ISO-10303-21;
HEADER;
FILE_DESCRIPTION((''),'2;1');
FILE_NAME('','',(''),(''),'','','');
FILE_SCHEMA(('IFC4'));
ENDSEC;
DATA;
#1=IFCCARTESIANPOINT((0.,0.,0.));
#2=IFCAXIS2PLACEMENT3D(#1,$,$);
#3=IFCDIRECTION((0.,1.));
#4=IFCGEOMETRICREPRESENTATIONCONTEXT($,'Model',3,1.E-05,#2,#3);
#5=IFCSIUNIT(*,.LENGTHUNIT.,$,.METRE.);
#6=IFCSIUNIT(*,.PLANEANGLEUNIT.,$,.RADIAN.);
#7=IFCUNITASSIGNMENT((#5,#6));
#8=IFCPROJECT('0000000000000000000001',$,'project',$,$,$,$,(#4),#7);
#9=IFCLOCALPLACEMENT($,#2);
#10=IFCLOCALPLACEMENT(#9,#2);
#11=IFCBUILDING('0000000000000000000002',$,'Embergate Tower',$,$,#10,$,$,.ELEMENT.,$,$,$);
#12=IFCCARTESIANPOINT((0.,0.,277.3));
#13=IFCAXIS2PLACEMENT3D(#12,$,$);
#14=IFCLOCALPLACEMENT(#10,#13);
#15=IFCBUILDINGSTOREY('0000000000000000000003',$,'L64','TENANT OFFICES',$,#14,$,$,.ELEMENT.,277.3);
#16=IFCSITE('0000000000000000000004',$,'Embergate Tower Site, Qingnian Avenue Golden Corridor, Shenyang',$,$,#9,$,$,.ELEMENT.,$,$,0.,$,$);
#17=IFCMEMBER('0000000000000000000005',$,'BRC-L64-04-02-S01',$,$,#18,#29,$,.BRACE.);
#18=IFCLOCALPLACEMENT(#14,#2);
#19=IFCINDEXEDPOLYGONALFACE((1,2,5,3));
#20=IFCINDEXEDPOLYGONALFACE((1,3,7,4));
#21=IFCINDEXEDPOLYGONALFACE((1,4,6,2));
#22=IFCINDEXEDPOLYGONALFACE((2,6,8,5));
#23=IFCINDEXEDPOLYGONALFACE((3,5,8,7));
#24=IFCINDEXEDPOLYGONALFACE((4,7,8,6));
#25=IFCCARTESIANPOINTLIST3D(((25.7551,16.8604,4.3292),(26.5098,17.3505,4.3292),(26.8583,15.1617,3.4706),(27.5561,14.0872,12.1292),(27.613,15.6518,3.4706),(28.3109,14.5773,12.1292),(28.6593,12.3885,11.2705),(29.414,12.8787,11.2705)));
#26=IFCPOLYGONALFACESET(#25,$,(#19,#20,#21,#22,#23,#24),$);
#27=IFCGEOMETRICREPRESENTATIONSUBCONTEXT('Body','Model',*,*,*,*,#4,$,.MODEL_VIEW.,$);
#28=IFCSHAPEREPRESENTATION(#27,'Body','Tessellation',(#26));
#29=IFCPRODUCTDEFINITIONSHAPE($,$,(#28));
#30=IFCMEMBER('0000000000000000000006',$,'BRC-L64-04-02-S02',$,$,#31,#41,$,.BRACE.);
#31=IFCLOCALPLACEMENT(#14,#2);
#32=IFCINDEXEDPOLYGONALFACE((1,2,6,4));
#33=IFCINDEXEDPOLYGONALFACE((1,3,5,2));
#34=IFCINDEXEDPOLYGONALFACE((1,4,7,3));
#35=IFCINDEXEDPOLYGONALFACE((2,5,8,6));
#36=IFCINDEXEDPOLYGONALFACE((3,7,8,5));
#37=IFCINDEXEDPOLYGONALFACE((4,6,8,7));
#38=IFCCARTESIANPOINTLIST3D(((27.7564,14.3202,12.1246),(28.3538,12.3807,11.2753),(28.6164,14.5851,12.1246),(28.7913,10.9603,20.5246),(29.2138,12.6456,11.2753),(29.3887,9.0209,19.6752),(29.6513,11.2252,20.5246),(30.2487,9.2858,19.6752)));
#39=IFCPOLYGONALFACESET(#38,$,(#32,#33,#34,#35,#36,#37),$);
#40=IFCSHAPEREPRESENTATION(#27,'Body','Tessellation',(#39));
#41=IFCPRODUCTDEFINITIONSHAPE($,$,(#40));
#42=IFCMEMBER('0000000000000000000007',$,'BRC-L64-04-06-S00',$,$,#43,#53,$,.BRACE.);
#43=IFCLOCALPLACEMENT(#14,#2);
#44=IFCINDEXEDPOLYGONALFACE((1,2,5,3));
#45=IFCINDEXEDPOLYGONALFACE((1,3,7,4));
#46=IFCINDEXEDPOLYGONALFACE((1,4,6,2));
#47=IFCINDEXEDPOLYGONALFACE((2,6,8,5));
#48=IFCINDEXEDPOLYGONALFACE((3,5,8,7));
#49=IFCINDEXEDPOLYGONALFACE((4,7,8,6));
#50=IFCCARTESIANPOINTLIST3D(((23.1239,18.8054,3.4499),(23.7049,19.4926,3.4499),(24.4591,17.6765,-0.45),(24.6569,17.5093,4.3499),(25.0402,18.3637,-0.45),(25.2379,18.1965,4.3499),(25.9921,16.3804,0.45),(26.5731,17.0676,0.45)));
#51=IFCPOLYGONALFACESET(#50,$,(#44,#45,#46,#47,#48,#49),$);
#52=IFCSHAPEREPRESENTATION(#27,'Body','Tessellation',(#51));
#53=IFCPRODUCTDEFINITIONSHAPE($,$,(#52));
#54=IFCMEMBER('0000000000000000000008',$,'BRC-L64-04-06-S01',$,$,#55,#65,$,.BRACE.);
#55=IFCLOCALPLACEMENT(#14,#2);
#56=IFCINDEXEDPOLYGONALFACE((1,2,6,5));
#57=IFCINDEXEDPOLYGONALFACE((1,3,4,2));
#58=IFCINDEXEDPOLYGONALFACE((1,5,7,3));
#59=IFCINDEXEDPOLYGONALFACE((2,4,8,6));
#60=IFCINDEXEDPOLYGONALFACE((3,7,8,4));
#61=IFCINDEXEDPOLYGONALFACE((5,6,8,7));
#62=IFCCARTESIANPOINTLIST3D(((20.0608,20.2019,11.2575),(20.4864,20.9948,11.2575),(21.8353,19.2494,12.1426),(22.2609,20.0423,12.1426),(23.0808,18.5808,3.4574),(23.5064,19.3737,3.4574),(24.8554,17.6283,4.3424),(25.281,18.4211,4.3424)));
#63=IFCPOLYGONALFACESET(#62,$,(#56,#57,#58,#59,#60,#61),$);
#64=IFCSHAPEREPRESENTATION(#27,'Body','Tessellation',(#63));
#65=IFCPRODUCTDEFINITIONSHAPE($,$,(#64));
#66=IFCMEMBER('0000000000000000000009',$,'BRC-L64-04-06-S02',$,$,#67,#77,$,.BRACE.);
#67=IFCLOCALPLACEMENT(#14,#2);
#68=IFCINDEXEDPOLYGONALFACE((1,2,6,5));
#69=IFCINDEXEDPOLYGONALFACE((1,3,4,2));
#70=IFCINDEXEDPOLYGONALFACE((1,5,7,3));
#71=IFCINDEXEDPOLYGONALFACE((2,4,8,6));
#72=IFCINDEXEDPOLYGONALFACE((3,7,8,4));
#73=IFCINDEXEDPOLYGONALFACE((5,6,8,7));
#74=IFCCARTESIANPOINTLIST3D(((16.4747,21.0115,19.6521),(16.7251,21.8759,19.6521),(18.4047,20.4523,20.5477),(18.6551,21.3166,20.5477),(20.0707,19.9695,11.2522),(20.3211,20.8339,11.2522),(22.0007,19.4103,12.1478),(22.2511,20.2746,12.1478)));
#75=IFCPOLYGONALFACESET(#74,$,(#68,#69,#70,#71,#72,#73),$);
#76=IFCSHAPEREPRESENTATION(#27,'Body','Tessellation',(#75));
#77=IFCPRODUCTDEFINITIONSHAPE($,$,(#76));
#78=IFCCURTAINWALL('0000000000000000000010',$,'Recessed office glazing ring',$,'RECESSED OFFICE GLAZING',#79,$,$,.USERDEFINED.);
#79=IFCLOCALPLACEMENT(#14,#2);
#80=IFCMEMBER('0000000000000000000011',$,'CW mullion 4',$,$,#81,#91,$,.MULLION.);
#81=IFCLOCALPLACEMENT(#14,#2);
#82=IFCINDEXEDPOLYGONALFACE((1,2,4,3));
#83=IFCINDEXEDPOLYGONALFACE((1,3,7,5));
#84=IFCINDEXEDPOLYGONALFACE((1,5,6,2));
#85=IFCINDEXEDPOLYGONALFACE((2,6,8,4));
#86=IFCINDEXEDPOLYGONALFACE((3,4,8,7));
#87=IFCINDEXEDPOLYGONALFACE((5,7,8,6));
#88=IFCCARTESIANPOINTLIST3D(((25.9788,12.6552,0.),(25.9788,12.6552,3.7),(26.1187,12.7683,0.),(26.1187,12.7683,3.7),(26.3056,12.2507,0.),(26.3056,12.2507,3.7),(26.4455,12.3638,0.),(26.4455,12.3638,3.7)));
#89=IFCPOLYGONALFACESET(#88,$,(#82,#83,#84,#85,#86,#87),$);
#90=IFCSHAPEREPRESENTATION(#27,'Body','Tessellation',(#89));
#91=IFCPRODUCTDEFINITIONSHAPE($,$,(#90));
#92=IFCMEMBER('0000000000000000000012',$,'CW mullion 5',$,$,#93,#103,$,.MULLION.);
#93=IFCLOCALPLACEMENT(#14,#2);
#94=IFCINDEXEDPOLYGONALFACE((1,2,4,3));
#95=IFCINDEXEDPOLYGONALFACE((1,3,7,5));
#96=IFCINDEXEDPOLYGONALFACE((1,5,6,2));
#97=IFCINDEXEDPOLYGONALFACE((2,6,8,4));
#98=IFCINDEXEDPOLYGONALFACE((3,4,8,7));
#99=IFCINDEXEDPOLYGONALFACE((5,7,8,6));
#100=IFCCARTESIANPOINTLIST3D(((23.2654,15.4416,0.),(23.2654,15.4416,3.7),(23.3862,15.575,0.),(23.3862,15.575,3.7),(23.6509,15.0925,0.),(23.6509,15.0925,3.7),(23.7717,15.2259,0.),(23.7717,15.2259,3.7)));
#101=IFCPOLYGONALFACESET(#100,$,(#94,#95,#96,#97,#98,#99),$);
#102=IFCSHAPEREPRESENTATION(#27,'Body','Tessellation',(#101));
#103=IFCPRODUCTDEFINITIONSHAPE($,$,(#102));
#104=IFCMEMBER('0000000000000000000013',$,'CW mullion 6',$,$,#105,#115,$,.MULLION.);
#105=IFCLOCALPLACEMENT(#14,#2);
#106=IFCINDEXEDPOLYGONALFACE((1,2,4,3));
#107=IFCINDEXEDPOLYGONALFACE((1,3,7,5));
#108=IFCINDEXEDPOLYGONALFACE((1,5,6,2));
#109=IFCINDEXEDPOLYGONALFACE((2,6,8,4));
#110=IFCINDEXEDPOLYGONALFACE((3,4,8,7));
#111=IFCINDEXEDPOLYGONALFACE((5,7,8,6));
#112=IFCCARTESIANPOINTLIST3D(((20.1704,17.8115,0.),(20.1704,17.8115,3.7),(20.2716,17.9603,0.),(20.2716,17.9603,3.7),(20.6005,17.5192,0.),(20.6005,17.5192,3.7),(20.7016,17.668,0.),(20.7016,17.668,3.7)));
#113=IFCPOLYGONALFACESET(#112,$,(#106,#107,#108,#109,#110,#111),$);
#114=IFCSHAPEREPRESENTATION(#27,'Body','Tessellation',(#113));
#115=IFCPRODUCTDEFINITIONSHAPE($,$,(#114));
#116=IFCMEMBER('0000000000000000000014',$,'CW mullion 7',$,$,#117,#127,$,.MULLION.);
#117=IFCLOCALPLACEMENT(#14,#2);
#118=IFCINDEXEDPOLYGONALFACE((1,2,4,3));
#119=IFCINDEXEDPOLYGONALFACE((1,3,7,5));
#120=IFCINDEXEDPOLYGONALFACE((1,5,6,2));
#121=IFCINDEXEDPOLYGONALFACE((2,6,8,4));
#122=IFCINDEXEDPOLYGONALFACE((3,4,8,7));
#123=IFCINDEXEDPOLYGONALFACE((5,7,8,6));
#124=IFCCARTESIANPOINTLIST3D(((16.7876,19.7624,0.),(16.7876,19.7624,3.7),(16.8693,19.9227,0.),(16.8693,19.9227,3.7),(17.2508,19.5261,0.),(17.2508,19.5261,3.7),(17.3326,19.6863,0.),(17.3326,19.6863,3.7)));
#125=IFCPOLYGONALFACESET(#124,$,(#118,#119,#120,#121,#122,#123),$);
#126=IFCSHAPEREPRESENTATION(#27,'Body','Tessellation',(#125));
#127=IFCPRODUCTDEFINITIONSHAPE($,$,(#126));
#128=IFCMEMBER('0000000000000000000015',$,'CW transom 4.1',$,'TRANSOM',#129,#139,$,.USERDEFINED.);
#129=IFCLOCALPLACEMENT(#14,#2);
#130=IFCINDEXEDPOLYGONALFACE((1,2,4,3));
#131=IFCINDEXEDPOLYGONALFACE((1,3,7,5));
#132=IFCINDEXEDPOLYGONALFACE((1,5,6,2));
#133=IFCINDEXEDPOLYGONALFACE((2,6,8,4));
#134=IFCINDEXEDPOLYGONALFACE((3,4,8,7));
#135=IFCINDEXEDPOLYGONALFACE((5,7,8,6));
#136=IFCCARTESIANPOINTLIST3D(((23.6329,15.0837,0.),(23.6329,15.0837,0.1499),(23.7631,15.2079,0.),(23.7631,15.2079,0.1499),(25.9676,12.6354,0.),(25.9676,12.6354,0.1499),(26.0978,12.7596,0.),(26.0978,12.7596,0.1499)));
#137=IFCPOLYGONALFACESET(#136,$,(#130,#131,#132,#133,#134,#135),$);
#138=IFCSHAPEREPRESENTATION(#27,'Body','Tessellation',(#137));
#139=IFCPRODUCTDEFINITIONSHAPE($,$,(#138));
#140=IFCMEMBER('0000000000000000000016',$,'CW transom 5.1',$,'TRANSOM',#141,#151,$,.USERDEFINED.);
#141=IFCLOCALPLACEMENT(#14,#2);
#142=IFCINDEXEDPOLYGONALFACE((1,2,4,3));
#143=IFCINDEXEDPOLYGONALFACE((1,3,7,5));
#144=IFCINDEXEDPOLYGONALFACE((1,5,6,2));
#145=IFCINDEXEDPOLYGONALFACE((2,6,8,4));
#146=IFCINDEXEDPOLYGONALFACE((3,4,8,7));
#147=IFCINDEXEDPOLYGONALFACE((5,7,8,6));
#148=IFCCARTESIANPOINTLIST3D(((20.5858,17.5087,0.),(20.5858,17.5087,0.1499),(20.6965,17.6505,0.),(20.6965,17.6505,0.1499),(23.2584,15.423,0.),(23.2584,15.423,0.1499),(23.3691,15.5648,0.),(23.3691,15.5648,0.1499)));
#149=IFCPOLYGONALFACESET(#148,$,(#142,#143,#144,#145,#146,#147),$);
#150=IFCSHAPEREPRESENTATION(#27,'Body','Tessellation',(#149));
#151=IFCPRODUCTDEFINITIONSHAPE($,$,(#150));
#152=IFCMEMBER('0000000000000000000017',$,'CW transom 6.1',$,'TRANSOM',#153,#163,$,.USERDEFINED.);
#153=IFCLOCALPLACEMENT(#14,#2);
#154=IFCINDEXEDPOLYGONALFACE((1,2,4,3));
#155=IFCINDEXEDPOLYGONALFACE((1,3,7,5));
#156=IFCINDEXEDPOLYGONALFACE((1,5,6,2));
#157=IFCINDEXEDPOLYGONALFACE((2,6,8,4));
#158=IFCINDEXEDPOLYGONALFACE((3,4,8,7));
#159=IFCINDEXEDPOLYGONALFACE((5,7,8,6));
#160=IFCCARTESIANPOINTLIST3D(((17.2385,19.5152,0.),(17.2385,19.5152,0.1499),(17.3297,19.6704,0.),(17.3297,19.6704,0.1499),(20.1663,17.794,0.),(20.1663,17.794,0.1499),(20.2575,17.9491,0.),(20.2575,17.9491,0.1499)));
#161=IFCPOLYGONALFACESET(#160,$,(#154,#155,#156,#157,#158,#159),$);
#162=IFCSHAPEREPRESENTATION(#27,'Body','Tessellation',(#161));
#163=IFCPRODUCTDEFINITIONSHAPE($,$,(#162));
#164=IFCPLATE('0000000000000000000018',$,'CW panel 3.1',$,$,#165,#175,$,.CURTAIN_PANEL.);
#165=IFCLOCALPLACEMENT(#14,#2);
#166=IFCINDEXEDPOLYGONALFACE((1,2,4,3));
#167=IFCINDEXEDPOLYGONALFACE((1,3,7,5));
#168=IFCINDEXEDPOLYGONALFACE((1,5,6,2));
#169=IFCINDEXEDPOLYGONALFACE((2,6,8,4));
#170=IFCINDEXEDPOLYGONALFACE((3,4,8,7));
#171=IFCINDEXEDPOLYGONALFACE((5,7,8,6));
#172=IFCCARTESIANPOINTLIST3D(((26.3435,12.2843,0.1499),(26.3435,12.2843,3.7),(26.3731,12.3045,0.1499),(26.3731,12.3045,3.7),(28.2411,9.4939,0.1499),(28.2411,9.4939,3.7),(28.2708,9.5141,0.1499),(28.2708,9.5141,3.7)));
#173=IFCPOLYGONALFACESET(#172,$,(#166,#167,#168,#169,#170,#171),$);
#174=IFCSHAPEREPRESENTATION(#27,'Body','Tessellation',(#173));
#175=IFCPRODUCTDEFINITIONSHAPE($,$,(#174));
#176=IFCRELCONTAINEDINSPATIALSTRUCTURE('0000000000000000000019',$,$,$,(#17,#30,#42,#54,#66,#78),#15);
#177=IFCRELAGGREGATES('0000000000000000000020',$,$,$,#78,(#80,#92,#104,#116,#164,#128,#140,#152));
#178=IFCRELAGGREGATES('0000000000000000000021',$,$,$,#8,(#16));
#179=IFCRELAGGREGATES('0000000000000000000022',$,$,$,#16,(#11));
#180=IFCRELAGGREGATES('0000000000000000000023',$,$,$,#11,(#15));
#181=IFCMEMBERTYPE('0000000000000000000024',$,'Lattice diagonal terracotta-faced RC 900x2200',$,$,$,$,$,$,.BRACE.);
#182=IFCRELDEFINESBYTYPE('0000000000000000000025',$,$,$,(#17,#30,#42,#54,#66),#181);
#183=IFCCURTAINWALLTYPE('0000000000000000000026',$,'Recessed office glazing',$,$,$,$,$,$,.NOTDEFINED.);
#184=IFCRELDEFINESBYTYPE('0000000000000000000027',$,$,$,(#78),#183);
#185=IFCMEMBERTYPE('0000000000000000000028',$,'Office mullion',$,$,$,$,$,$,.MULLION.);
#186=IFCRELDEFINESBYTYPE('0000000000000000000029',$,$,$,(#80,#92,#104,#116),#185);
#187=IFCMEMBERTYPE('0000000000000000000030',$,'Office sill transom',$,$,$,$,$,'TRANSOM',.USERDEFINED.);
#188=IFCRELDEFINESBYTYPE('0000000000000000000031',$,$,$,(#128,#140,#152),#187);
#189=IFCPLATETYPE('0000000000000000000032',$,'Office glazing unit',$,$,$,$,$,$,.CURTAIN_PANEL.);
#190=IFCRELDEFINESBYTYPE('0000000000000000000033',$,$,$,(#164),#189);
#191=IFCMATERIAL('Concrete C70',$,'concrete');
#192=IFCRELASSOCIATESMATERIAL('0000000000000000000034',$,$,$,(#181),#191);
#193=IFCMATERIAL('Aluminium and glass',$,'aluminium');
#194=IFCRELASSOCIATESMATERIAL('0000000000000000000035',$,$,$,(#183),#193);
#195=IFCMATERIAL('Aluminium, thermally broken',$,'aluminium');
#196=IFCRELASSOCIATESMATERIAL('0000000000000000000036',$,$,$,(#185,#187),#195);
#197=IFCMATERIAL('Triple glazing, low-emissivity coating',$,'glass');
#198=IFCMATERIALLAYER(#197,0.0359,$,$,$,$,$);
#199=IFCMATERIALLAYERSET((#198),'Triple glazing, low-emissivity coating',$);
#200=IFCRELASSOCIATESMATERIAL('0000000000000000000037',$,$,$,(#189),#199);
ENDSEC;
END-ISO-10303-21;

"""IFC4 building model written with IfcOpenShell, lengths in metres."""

from ifc_helpers import new_model, si_unit, direction, frame, origin, origin_2d, place, context, subcontext, project, spatial, rectangle, extrude, source, transform, mapped, material, layer, layer_set, material_profile, profile_set, type_object, element, aggregate, save


model = new_model("IFC4")

# Units and contexts
model_context = context("Model", 3, precision=1e-05, world=origin(), true_north=direction((0.0, 1.0)))
body_context = subcontext(model_context, "Body", "Model", "MODEL_VIEW")
ifc_project = project(units=[si_unit("LENGTHUNIT", "METRE"), si_unit("PLANEANGLEUNIT", "RADIAN")], contexts=[model_context])

# Site, building, storey
site_placement = place(None, origin())
site = spatial("IfcSite", under=ifc_project, at=site_placement, Name="Embergate Tower Site, Qingnian Avenue Golden Corridor, Shenyang", CompositionType="ELEMENT", RefElevation=0.0)
building_placement = place(site_placement, origin())
building = spatial("IfcBuilding", under=site, at=building_placement, Name="Embergate Tower", CompositionType="ELEMENT")
storey_placement = place(building_placement, frame((0.0, 0.0, 277.3)))
storey = spatial("IfcBuildingStorey", under=building, at=storey_placement, Name="L64", Description="TENANT OFFICES", CompositionType="ELEMENT", Elevation=277.3)

# Members
ifc_material_1 = material(Name="Concrete C70", Category="concrete")
ifc_material_profile_1 = material_profile(ifc_material_1, rectangle(XDim=0.8999, YDim=2.2, at=origin_2d()), Name="RC 900x2200")
ifc_profile_set_1 = profile_set([ifc_material_profile_1], Name="Concrete C70")
member_type_1 = type_object("IfcMemberType", Name="Lattice diagonal terracotta-faced RC 900x2200", PredefinedType="BRACE", material=ifc_profile_set_1)
shared_shape_1 = source(origin(), body_context, "Body", "SweptSolid", [
    extrude(rectangle(XDim=0.8999, YDim=2.2, at=origin_2d()), origin(), (0.0, 0.0, 1.0), 8.4719),
])
member_1_placement = place(storey_placement, frame((26.6841, 16.2561, 3.8999), z_axis=(0.212585, -0.327336, 0.920684), x_axis=(0.838658, 0.544659, 0.0)))
element("IfcMember", 1, at=member_1_placement, inside=storey, type_object=member_type_1, Name="BRC-L64-04-02-S01", PredefinedType="BRACE", context=body_context, shape_type="MappedRepresentation", body=[
    mapped(shared_shape_1, transform((0.0, 0.0, 0.0))),
])
shared_shape_2 = source(origin(), body_context, "Body", "SweptSolid", [
    extrude(rectangle(XDim=0.8999, YDim=2.2, at=origin_2d()), origin(), (0.0, 0.0, 1.0), 9.106),
])
member_2_placement = place(storey_placement, frame((28.4851, 13.4829, 11.7), z_axis=(0.113652, -0.368975, 0.922464), x_axis=(0.95569, 0.294374, 0.0)))
element("IfcMember", 2, at=member_2_placement, inside=storey, type_object=member_type_1, Name="BRC-L64-04-02-S02", PredefinedType="BRACE", context=body_context, shape_type="MappedRepresentation", body=[
    mapped(shared_shape_2, transform((0.0, 0.0, 0.0))),
])
shared_shape_3 = source(origin(), body_context, "Body", "SweptSolid", [
    extrude(rectangle(XDim=0.8999, YDim=2.2, at=origin_2d()), origin(), (0.0, 0.0, 1.0), 4.2739),
])
member_3_placement = place(storey_placement, frame((25.5161, 17.3721, 0.0), z_axis=(-0.312407, 0.264138, 0.912487), x_axis=(-0.645648, -0.763635, 0.0)))
element("IfcMember", 3, at=member_3_placement, inside=storey, type_object=member_type_1, Name="BRC-L64-04-06-S00", PredefinedType="BRACE", context=body_context, shape_type="MappedRepresentation", body=[
    mapped(shared_shape_3, transform((0.0, 0.0, 0.0))),
])
shared_shape_4 = source(origin(), body_context, "Body", "SweptSolid", [
    extrude(rectangle(XDim=0.8999, YDim=2.2, at=origin_2d()), origin(), (0.0, 0.0, 1.0), 8.52),
])
member_4_placement = place(storey_placement, frame((24.1809, 18.501, 3.8999), z_axis=(-0.354465, 0.190271, 0.915506), x_axis=(-0.472953, -0.881088, 0.0)))
element("IfcMember", 4, at=member_4_placement, inside=storey, type_object=member_type_1, Name="BRC-L64-04-06-S01", PredefinedType="BRACE", context=body_context, shape_type="MappedRepresentation", body=[
    mapped(shared_shape_4, transform((0.0, 0.0, 0.0))),
])
shared_shape_5 = source(origin(), body_context, "Body", "SweptSolid", [
    extrude(rectangle(XDim=0.8999, YDim=2.2, at=origin_2d()), origin(), (0.0, 0.0, 1.0), 9.1965),
])
member_5_placement = place(storey_placement, frame((21.1609, 20.1221, 11.7), z_axis=(-0.391014, 0.113304, 0.913384), x_axis=(-0.278319, -0.960489, 0.0)))
element("IfcMember", 5, at=member_5_placement, inside=storey, type_object=member_type_1, Name="BRC-L64-04-06-S02", PredefinedType="BRACE", context=body_context, shape_type="MappedRepresentation", body=[
    mapped(shared_shape_5, transform((0.0, 0.0, 0.0))),
])

# Curtain wall, members, plate
ifc_material_2 = material(Name="Aluminium and glass", Category="aluminium")
curtain_wall_type = type_object("IfcCurtainWallType", Name="Recessed office glazing", PredefinedType="NOTDEFINED", material=ifc_material_2)
curtain_wall_placement = place(storey_placement, origin())
curtain_wall = element("IfcCurtainWall", 6, at=curtain_wall_placement, inside=storey, type_object=curtain_wall_type, Name="Recessed office glazing ring", ObjectType="RECESSED OFFICE GLAZING", PredefinedType="USERDEFINED")
ifc_material_3 = material(Name="Aluminium, thermally broken", Category="aluminium")
ifc_material_profile_2 = material_profile(ifc_material_3, rectangle(XDim=0.1799, YDim=0.52, at=origin_2d()), Name="AL 520x180")
ifc_profile_set_2 = profile_set([ifc_material_profile_2], Name="Aluminium, thermally broken")
member_type_2 = type_object("IfcMemberType", Name="Office mullion", PredefinedType="MULLION", material=ifc_profile_set_2)
shared_shape_6 = source(origin(), body_context, "Body", "SweptSolid", [
    extrude(rectangle(XDim=0.1799, YDim=0.52, at=origin_2d()), origin(), (0.0, 0.0, 1.0), 3.7),
])
member_6_placement = place(storey_placement, frame((26.2122, 12.5095, 0.0), z_axis=(0.0, 0.0, 1.0), x_axis=(-0.777862, -0.628436, 0.0)))
member_6 = element("IfcMember", 7, at=member_6_placement, type_object=member_type_2, Name="CW mullion 4", PredefinedType="MULLION", context=body_context, shape_type="MappedRepresentation", body=[
    mapped(shared_shape_6, transform((0.0, 0.0, 0.0))),
])
member_7_placement = place(storey_placement, frame((23.5186, 15.3337, 0.0), z_axis=(0.0, 0.0, 1.0), x_axis=(-0.671216, -0.741262, 0.0)))
member_7 = element("IfcMember", 8, at=member_7_placement, type_object=member_type_2, Name="CW mullion 5", PredefinedType="MULLION", context=body_context, shape_type="MappedRepresentation", body=[
    mapped(shared_shape_6, transform((0.0, 0.0, 0.0))),
])
member_8_placement = place(storey_placement, frame((20.436, 17.7397, 0.0), z_axis=(0.0, 0.0, 1.0), x_axis=(-0.562208, -0.826996, 0.0)))
member_8 = element("IfcMember", 9, at=member_8_placement, type_object=member_type_2, Name="CW mullion 6", PredefinedType="MULLION", context=body_context, shape_type="MappedRepresentation", body=[
    mapped(shared_shape_6, transform((0.0, 0.0, 0.0))),
])
member_9_placement = place(storey_placement, frame((17.0601, 19.7244, 0.0), z_axis=(0.0, 0.0, 1.0), x_axis=(-0.454504, -0.890745, 0.0)))
member_9 = element("IfcMember", 10, at=member_9_placement, type_object=member_type_2, Name="CW mullion 7", PredefinedType="MULLION", context=body_context, shape_type="MappedRepresentation", body=[
    mapped(shared_shape_6, transform((0.0, 0.0, 0.0))),
])
ifc_material_profile_3 = material_profile(ifc_material_3, rectangle(XDim=0.1799, YDim=0.1499, at=origin_2d()), Name="AL 150x180")
ifc_profile_set_3 = profile_set([ifc_material_profile_3], Name="Aluminium, thermally broken")
member_type_3 = type_object("IfcMemberType", Name="Office sill transom", ElementType="TRANSOM", PredefinedType="USERDEFINED", material=ifc_profile_set_3)
shared_shape_7 = source(origin(), body_context, "Body", "SweptSolid", [
    extrude(rectangle(XDim=0.1799, YDim=0.1499, at=origin_2d()), origin(), (0.0, 0.0, 1.0), 3.3831),
])
member_10_placement = place(storey_placement, frame((26.0327, 12.6975, 0.075), z_axis=(-0.690129, 0.723686, 0.0), x_axis=(-0.723686, -0.690129, 0.0)))
member_10 = element("IfcMember", 11, at=member_10_placement, type_object=member_type_3, Name="CW transom 4.1", ObjectType="TRANSOM", PredefinedType="USERDEFINED", context=body_context, shape_type="MappedRepresentation", body=[
    mapped(shared_shape_7, transform((0.0, 0.0, 0.0))),
])
shared_shape_8 = source(origin(), body_context, "Body", "SweptSolid", [
    extrude(rectangle(XDim=0.1799, YDim=0.1499, at=origin_2d()), origin(), (0.0, 0.0, 1.0), 3.3901),
])
member_11_placement = place(storey_placement, frame((23.3137, 15.4939, 0.075), z_axis=(-0.788351, 0.615226, 0.0), x_axis=(-0.615226, -0.788351, 0.0)))
member_11 = element("IfcMember", 12, at=member_11_placement, type_object=member_type_3, Name="CW transom 5.1", ObjectType="TRANSOM", PredefinedType="USERDEFINED", context=body_context, shape_type="MappedRepresentation", body=[
    mapped(shared_shape_8, transform((0.0, 0.0, 0.0))),
])
shared_shape_9 = source(origin(), body_context, "Body", "SweptSolid", [
    extrude(rectangle(XDim=0.1799, YDim=0.1499, at=origin_2d()), origin(), (0.0, 0.0, 1.0), 3.3962),
])
member_12_placement = place(storey_placement, frame((20.2119, 17.8716, 0.075), z_axis=(-0.862064, 0.5068, 0.0), x_axis=(-0.5068, -0.862064, 0.0)))
member_12 = element("IfcMember", 13, at=member_12_placement, type_object=member_type_3, Name="CW transom 6.1", ObjectType="TRANSOM", PredefinedType="USERDEFINED", context=body_context, shape_type="MappedRepresentation", body=[
    mapped(shared_shape_9, transform((0.0, 0.0, 0.0))),
])
ifc_material_4 = material(Name="Triple glazing, low-emissivity coating", Category="glass")
ifc_layer_1 = layer(ifc_material_4, 0.0359)
ifc_layer_set_1 = layer_set([ifc_layer_1], Name="Triple glazing, low-emissivity coating")
plate_type = type_object("IfcPlateType", Name="Office glazing unit", PredefinedType="CURTAIN_PANEL", material=ifc_layer_set_1)
shared_shape_10 = source(origin(), body_context, "Body", "SweptSolid", [
    extrude(rectangle(XDim=3.3745, YDim=0.0359, at=origin_2d()), origin(), (0.0, 0.0, 1.0), 3.55),
])
plate_1_placement = place(storey_placement, frame((27.3071, 10.8992, 0.1499), z_axis=(0.0, 0.0, 1.0), x_axis=(-0.562348, 0.826901, 0.0)))
plate_1 = element("IfcPlate", 14, at=plate_1_placement, type_object=plate_type, Name="CW panel 3.1", PredefinedType="CURTAIN_PANEL", context=body_context, shape_type="MappedRepresentation", body=[
    mapped(shared_shape_10, transform((0.0, 0.0, 0.0))),
])
aggregate(curtain_wall, [member_6, member_7, member_8, member_9, plate_1, member_10, member_11, member_12])

save(model, "model.ifc")
